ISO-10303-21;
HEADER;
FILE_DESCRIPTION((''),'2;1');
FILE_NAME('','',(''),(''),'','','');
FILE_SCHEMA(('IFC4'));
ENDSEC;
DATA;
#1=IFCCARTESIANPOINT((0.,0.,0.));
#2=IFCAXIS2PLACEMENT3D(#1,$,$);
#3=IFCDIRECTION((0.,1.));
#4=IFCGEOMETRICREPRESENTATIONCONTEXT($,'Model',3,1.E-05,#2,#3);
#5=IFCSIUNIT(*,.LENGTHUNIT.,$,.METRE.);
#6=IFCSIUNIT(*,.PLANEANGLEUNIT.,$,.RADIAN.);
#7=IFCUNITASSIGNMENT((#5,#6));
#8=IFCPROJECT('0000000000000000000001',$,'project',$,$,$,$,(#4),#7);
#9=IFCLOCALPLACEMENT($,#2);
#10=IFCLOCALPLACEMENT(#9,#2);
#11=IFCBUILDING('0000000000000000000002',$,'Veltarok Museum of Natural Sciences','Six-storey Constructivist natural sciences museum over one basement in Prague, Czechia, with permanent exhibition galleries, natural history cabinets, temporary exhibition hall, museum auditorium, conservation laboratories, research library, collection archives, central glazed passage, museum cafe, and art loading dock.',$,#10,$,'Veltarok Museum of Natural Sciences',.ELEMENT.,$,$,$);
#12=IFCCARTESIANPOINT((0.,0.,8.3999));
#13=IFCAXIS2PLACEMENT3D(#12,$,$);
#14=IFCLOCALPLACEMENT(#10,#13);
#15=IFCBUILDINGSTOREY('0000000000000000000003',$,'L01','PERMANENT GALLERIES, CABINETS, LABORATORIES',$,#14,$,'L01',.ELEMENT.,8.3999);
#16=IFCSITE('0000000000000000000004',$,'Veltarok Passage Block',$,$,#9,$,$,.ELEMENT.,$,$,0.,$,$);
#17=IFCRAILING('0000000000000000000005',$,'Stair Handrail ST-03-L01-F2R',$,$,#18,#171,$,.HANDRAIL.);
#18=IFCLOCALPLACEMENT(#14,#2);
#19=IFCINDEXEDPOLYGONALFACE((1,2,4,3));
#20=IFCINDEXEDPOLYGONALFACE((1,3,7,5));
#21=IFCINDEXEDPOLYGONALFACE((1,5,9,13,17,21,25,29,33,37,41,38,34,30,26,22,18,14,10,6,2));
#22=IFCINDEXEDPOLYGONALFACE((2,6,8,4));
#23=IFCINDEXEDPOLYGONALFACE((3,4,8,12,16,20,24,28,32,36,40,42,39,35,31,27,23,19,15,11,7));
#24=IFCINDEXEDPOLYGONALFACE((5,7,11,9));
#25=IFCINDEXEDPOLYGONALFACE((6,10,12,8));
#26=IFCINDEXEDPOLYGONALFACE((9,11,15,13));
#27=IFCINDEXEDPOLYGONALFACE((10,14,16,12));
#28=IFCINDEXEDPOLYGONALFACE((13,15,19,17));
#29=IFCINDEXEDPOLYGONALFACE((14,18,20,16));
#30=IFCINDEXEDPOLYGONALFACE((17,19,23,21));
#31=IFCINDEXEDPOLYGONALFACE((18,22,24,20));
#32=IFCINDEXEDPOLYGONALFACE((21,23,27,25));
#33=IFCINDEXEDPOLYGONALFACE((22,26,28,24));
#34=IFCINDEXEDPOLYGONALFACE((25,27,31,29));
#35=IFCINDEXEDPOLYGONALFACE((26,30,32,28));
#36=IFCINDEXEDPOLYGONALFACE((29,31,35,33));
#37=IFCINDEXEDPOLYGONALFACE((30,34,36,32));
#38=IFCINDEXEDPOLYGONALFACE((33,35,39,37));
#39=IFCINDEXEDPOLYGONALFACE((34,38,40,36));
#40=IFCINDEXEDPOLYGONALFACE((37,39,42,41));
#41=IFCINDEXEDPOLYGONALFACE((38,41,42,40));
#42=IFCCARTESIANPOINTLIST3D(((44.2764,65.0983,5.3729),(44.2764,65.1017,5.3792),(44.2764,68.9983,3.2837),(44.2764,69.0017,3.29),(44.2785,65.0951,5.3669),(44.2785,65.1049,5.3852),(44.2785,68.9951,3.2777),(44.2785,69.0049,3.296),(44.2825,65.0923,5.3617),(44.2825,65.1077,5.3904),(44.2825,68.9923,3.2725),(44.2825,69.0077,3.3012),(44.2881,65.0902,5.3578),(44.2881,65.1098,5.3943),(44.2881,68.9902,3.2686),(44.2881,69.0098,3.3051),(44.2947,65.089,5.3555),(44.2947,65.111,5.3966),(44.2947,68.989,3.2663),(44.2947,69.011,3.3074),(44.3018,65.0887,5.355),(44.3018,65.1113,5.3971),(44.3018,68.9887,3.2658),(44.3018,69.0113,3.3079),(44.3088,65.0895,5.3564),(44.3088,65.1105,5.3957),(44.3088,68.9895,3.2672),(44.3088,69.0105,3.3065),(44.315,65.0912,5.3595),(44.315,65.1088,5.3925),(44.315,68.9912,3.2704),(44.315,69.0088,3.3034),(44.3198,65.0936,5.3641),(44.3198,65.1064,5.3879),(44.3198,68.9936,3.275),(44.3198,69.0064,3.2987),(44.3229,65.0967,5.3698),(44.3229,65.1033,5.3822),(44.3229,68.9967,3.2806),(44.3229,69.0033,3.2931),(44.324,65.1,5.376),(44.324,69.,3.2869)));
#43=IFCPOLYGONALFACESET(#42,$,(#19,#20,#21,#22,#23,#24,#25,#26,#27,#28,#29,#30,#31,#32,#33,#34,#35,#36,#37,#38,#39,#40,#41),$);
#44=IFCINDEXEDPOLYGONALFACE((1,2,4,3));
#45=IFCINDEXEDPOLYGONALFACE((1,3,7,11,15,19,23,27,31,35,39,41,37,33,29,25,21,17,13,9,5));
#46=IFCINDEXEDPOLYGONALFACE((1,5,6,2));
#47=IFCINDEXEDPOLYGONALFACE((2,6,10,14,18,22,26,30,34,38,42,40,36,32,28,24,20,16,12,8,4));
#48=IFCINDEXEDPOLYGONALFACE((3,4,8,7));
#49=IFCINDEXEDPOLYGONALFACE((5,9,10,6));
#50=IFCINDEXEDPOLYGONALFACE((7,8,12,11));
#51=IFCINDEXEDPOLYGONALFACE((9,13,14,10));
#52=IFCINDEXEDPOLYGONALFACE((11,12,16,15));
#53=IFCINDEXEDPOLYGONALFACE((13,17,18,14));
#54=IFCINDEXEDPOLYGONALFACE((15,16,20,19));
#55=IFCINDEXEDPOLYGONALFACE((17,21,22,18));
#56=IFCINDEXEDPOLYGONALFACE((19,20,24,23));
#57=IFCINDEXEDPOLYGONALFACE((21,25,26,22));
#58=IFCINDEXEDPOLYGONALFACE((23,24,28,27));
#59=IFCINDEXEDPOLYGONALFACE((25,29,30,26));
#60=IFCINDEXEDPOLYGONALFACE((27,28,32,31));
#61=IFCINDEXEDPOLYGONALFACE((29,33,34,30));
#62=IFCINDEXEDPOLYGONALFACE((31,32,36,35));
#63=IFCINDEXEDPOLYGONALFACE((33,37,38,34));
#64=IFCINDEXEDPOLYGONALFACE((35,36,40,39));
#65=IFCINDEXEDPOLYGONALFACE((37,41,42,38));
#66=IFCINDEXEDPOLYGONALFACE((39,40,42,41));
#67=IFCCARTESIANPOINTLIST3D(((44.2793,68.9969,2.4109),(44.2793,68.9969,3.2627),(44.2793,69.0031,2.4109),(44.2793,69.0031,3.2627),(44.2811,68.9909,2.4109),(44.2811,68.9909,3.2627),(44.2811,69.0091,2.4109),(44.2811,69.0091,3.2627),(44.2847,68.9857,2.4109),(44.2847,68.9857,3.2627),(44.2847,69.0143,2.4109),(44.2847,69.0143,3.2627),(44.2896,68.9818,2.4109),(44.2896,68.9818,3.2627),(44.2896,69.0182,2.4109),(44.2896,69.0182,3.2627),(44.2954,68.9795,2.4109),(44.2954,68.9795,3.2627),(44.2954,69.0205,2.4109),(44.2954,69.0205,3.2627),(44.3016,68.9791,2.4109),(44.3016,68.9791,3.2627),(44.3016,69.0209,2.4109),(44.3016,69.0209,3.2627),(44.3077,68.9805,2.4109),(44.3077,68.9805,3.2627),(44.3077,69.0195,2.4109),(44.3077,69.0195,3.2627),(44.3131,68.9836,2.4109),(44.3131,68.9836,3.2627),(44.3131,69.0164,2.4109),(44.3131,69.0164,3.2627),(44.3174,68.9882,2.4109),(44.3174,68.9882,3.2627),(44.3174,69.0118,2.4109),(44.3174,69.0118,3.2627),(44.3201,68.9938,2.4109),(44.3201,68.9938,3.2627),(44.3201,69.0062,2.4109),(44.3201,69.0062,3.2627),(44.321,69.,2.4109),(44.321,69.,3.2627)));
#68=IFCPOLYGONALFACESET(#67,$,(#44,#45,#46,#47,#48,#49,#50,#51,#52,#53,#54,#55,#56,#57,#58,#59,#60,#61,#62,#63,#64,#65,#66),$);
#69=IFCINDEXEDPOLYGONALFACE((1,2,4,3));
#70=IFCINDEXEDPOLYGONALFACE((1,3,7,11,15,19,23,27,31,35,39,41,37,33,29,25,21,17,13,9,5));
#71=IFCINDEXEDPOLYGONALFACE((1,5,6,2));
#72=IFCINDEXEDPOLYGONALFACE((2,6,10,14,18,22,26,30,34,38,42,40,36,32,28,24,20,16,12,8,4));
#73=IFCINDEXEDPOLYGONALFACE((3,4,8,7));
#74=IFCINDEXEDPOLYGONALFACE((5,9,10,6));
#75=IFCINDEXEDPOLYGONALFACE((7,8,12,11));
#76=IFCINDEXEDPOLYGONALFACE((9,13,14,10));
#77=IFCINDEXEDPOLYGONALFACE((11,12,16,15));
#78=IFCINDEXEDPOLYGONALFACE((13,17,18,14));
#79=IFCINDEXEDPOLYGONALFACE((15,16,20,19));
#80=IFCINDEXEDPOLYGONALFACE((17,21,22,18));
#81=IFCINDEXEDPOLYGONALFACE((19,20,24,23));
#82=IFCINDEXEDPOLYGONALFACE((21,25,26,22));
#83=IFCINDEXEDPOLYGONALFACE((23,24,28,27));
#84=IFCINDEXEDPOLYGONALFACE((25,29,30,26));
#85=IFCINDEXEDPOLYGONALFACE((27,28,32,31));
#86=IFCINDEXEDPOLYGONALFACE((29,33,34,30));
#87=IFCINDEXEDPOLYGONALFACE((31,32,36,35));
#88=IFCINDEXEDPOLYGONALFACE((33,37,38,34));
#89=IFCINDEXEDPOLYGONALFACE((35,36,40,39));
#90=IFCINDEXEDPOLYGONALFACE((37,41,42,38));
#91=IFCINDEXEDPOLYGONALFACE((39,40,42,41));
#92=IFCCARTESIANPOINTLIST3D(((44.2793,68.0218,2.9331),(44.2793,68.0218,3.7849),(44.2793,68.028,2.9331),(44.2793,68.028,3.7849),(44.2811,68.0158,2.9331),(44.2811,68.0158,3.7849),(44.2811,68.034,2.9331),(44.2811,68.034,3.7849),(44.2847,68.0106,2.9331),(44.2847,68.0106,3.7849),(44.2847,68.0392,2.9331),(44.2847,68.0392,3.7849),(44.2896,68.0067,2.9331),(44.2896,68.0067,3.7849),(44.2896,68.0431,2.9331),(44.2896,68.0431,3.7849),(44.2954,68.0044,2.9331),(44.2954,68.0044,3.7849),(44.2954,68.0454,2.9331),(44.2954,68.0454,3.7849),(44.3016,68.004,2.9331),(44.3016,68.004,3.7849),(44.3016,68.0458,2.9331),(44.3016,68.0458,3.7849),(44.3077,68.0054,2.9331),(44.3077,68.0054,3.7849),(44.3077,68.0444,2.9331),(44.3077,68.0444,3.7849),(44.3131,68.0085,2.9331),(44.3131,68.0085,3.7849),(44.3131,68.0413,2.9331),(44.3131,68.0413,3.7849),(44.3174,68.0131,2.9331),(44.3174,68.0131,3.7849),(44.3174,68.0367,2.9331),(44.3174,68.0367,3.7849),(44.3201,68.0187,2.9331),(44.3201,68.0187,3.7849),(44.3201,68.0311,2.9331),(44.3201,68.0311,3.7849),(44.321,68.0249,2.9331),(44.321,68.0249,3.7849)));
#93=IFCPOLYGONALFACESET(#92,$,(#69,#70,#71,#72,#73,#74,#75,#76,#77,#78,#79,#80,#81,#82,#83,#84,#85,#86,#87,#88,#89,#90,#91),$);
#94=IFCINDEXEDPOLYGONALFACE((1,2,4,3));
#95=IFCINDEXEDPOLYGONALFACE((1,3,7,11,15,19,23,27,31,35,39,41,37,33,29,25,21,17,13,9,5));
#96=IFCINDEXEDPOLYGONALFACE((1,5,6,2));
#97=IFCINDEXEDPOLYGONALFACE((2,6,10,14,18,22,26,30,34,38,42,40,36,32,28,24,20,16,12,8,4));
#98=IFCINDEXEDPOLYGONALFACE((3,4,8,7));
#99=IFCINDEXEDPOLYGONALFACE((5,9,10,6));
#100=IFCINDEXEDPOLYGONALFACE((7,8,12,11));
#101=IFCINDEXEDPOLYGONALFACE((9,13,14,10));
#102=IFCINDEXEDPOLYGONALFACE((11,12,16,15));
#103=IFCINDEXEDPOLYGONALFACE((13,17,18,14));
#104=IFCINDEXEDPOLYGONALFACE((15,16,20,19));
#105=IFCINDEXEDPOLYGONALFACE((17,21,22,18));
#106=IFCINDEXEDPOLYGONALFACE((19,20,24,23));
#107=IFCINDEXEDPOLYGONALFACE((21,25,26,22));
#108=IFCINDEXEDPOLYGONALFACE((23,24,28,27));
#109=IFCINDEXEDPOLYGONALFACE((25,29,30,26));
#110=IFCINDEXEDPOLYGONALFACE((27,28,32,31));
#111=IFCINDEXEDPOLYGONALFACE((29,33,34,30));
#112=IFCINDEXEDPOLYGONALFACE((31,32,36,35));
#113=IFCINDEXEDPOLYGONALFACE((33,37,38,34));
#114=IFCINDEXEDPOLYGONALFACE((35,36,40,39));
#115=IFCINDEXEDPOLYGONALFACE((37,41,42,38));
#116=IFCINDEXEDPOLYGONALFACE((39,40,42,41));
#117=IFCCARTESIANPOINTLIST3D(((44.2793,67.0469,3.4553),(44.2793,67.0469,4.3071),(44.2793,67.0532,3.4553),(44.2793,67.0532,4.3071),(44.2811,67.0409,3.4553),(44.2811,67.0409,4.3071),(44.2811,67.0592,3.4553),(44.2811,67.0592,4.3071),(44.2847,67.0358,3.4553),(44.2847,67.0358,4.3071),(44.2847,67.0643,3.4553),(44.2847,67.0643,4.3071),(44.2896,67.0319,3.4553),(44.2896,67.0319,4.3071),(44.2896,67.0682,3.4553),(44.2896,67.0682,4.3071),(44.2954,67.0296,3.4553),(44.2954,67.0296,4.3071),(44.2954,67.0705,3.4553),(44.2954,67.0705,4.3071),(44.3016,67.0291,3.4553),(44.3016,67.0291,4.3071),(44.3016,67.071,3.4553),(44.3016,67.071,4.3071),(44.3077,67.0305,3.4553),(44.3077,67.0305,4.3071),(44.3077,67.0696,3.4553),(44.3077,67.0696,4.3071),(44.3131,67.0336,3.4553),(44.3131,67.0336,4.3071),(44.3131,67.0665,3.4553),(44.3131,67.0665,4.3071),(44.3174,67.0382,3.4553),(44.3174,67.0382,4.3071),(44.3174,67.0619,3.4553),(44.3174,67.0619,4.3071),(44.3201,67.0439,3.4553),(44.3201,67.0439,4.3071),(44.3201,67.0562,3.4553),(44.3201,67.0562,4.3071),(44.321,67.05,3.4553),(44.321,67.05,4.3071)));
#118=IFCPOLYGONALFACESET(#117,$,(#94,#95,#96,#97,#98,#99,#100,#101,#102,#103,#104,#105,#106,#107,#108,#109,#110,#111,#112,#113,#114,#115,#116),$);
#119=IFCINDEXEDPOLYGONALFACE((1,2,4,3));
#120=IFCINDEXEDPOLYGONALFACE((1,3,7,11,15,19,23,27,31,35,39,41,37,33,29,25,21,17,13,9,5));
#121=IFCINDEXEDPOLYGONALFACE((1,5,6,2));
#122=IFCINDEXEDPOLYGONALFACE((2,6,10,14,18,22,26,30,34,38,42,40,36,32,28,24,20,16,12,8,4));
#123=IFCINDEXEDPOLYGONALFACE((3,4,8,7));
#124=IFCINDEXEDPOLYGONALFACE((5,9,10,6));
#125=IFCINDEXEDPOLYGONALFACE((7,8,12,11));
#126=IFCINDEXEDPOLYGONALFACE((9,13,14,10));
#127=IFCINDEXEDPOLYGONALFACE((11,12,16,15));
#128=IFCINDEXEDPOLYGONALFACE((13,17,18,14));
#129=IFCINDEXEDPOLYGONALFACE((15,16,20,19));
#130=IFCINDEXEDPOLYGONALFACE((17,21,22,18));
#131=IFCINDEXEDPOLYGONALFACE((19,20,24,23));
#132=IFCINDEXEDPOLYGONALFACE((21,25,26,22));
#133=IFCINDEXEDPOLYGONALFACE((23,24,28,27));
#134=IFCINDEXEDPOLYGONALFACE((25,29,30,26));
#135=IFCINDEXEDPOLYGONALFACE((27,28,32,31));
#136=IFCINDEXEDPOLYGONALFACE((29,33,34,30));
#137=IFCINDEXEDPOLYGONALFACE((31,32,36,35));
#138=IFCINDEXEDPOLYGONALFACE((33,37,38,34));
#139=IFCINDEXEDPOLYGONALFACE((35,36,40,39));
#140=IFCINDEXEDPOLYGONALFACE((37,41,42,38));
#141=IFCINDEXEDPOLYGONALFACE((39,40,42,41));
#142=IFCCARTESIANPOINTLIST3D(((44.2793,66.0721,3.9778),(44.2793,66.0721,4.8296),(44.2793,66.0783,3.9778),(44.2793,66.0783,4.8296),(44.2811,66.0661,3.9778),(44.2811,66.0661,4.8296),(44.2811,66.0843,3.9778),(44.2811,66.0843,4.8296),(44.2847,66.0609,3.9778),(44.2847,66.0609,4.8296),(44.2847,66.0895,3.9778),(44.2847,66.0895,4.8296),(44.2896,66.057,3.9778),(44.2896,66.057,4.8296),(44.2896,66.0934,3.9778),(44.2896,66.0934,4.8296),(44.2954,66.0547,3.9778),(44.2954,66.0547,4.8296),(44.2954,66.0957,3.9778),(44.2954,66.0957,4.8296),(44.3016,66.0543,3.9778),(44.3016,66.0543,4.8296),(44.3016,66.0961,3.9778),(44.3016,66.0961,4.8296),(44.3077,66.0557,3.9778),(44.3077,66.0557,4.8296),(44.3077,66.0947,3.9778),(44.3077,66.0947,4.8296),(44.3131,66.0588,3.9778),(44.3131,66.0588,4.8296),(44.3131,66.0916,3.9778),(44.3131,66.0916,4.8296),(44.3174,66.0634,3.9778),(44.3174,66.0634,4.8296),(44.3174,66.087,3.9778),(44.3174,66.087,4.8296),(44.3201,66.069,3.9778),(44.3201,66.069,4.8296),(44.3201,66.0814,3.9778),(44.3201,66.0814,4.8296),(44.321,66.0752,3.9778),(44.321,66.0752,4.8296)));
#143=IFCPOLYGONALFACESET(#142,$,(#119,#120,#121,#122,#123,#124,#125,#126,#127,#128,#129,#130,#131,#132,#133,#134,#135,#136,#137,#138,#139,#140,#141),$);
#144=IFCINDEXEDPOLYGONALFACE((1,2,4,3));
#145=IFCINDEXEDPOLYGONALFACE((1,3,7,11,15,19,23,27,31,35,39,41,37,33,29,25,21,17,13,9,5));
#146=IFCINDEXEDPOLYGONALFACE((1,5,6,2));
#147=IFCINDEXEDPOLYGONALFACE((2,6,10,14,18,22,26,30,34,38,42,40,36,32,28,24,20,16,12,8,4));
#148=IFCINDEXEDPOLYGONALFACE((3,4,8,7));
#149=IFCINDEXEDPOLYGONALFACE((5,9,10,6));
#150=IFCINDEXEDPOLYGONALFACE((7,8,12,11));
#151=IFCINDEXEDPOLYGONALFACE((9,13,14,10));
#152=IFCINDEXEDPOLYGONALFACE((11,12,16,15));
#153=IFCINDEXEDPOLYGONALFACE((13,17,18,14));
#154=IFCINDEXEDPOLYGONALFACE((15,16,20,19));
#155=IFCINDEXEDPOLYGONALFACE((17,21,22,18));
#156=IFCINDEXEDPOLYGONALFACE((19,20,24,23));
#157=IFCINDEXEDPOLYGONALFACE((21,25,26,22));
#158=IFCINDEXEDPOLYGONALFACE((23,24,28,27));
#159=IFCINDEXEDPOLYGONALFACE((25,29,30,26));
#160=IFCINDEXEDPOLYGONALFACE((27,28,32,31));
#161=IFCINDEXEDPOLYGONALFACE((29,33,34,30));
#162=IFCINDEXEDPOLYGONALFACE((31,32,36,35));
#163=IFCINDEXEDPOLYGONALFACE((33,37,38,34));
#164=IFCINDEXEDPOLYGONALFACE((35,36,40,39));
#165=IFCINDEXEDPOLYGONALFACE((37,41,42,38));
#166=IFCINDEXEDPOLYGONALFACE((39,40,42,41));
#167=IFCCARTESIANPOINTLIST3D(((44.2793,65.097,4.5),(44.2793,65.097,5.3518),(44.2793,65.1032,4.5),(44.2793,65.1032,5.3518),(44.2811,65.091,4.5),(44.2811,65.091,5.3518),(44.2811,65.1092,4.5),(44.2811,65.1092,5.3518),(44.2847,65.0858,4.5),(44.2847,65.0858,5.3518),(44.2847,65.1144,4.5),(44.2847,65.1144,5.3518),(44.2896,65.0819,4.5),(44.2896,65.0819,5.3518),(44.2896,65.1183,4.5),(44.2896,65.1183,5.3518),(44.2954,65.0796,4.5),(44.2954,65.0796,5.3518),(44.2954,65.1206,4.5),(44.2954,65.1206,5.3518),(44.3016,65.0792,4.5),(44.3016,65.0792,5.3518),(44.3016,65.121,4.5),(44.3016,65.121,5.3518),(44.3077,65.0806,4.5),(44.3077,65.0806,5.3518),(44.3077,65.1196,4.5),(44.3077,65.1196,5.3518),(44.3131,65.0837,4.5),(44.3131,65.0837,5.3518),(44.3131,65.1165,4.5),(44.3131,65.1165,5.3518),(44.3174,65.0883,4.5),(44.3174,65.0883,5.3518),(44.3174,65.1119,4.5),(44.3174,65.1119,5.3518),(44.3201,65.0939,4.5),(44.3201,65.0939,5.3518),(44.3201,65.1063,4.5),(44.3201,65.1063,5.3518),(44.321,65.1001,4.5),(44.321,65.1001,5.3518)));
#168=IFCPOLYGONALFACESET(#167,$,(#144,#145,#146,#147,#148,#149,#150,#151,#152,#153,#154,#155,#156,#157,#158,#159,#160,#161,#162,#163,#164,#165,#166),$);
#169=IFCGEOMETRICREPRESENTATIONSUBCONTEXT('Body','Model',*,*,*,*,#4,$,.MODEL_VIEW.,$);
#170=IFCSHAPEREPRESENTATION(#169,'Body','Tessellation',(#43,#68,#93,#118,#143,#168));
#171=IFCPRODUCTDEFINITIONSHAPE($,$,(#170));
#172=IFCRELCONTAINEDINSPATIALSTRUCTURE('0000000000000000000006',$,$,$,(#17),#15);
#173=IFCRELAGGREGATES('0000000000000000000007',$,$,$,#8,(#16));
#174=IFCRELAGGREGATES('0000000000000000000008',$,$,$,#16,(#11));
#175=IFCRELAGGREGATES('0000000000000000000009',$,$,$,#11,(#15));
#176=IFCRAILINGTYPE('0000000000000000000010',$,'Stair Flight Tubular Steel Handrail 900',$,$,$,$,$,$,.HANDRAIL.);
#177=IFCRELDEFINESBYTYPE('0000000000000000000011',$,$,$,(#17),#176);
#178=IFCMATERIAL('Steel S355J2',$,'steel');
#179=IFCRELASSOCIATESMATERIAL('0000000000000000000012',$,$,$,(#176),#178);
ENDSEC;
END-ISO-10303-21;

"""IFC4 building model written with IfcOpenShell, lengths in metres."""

from ifc_helpers import new_model, si_unit, direction, frame, origin, origin_2d, place, context, subcontext, project, spatial, circle, extrude, material, type_object, element, save


model = new_model("IFC4")

# Units and contexts
model_context = context("Model", 3, precision=1e-05, world=origin(), true_north=direction((0.0, 1.0)))
body_context = subcontext(model_context, "Body", "Model", "MODEL_VIEW")
ifc_project = project(units=[si_unit("LENGTHUNIT", "METRE"), si_unit("PLANEANGLEUNIT", "RADIAN")], contexts=[model_context])

# Site, building, storey
site_placement = place(None, origin())
site = spatial("IfcSite", under=ifc_project, at=site_placement, Name="Veltarok Passage Block", CompositionType="ELEMENT", RefElevation=0.0)
building_placement = place(site_placement, origin())
building = spatial("IfcBuilding", under=site, at=building_placement, Name="Veltarok Museum of Natural Sciences", Description="Six-storey Constructivist natural sciences museum over one basement in Prague, Czechia, with permanent exhibition galleries, natural history cabinets, temporary exhibition hall, museum auditorium, conservation laboratories, research library, collection archives, central glazed passage, museum cafe, and art loading dock.", LongName="Veltarok Museum of Natural Sciences", CompositionType="ELEMENT")
storey_placement = place(building_placement, frame((0.0, 0.0, 8.3999)))
storey = spatial("IfcBuildingStorey", under=building, at=storey_placement, Name="L01", Description="PERMANENT GALLERIES, CABINETS, LABORATORIES", LongName="L01", CompositionType="ELEMENT", Elevation=8.3999)

# Shared definitions
ifc_material_1 = material(Name="Steel S355J2", Category="steel")

# Railing
railing_type_1 = type_object("IfcRailingType", Name="Stair Flight Tubular Steel Handrail 900", PredefinedType="HANDRAIL", material=ifc_material_1)
for number, where, name in (
    (1, (44.3, 69.0, 2.4109), "Stair Handrail ST-03-L01-F2R"),
):
    element("IfcRailing", number, at=place(storey_placement, frame(where)), inside=storey, type_object=railing_type_1, Name=name, PredefinedType="HANDRAIL", context=body_context, shape_type="SweptSolid", body=[
        extrude(circle(Radius=0.0239, at=origin_2d()), frame((0.0, 0.0, 0.876), z_axis=(0.0, -0.881491, 0.4722), x_axis=(1.0, 0.0, 0.0)), (0.0, 0.0, 1.0), 4.4243),
        extrude(circle(Radius=0.021, at=origin_2d()), origin(), (0.0, 0.0, 1.0), 0.8518),
        extrude(circle(Radius=0.021, at=origin_2d()), frame((0.0, -0.9751, 0.5222)), (0.0, 0.0, 1.0), 0.8518),
        extrude(circle(Radius=0.021, at=origin_2d()), frame((0.0, -1.95, 1.0444)), (0.0, 0.0, 1.0), 0.8518),
        extrude(circle(Radius=0.021, at=origin_2d()), frame((0.0, -2.9248, 1.5669)), (0.0, 0.0, 1.0), 0.8518),
        extrude(circle(Radius=0.021, at=origin_2d()), frame((0.0, -3.8999, 2.0891)), (0.0, 0.0, 1.0), 0.8518),
    ])

save(model, "model.ifc")
